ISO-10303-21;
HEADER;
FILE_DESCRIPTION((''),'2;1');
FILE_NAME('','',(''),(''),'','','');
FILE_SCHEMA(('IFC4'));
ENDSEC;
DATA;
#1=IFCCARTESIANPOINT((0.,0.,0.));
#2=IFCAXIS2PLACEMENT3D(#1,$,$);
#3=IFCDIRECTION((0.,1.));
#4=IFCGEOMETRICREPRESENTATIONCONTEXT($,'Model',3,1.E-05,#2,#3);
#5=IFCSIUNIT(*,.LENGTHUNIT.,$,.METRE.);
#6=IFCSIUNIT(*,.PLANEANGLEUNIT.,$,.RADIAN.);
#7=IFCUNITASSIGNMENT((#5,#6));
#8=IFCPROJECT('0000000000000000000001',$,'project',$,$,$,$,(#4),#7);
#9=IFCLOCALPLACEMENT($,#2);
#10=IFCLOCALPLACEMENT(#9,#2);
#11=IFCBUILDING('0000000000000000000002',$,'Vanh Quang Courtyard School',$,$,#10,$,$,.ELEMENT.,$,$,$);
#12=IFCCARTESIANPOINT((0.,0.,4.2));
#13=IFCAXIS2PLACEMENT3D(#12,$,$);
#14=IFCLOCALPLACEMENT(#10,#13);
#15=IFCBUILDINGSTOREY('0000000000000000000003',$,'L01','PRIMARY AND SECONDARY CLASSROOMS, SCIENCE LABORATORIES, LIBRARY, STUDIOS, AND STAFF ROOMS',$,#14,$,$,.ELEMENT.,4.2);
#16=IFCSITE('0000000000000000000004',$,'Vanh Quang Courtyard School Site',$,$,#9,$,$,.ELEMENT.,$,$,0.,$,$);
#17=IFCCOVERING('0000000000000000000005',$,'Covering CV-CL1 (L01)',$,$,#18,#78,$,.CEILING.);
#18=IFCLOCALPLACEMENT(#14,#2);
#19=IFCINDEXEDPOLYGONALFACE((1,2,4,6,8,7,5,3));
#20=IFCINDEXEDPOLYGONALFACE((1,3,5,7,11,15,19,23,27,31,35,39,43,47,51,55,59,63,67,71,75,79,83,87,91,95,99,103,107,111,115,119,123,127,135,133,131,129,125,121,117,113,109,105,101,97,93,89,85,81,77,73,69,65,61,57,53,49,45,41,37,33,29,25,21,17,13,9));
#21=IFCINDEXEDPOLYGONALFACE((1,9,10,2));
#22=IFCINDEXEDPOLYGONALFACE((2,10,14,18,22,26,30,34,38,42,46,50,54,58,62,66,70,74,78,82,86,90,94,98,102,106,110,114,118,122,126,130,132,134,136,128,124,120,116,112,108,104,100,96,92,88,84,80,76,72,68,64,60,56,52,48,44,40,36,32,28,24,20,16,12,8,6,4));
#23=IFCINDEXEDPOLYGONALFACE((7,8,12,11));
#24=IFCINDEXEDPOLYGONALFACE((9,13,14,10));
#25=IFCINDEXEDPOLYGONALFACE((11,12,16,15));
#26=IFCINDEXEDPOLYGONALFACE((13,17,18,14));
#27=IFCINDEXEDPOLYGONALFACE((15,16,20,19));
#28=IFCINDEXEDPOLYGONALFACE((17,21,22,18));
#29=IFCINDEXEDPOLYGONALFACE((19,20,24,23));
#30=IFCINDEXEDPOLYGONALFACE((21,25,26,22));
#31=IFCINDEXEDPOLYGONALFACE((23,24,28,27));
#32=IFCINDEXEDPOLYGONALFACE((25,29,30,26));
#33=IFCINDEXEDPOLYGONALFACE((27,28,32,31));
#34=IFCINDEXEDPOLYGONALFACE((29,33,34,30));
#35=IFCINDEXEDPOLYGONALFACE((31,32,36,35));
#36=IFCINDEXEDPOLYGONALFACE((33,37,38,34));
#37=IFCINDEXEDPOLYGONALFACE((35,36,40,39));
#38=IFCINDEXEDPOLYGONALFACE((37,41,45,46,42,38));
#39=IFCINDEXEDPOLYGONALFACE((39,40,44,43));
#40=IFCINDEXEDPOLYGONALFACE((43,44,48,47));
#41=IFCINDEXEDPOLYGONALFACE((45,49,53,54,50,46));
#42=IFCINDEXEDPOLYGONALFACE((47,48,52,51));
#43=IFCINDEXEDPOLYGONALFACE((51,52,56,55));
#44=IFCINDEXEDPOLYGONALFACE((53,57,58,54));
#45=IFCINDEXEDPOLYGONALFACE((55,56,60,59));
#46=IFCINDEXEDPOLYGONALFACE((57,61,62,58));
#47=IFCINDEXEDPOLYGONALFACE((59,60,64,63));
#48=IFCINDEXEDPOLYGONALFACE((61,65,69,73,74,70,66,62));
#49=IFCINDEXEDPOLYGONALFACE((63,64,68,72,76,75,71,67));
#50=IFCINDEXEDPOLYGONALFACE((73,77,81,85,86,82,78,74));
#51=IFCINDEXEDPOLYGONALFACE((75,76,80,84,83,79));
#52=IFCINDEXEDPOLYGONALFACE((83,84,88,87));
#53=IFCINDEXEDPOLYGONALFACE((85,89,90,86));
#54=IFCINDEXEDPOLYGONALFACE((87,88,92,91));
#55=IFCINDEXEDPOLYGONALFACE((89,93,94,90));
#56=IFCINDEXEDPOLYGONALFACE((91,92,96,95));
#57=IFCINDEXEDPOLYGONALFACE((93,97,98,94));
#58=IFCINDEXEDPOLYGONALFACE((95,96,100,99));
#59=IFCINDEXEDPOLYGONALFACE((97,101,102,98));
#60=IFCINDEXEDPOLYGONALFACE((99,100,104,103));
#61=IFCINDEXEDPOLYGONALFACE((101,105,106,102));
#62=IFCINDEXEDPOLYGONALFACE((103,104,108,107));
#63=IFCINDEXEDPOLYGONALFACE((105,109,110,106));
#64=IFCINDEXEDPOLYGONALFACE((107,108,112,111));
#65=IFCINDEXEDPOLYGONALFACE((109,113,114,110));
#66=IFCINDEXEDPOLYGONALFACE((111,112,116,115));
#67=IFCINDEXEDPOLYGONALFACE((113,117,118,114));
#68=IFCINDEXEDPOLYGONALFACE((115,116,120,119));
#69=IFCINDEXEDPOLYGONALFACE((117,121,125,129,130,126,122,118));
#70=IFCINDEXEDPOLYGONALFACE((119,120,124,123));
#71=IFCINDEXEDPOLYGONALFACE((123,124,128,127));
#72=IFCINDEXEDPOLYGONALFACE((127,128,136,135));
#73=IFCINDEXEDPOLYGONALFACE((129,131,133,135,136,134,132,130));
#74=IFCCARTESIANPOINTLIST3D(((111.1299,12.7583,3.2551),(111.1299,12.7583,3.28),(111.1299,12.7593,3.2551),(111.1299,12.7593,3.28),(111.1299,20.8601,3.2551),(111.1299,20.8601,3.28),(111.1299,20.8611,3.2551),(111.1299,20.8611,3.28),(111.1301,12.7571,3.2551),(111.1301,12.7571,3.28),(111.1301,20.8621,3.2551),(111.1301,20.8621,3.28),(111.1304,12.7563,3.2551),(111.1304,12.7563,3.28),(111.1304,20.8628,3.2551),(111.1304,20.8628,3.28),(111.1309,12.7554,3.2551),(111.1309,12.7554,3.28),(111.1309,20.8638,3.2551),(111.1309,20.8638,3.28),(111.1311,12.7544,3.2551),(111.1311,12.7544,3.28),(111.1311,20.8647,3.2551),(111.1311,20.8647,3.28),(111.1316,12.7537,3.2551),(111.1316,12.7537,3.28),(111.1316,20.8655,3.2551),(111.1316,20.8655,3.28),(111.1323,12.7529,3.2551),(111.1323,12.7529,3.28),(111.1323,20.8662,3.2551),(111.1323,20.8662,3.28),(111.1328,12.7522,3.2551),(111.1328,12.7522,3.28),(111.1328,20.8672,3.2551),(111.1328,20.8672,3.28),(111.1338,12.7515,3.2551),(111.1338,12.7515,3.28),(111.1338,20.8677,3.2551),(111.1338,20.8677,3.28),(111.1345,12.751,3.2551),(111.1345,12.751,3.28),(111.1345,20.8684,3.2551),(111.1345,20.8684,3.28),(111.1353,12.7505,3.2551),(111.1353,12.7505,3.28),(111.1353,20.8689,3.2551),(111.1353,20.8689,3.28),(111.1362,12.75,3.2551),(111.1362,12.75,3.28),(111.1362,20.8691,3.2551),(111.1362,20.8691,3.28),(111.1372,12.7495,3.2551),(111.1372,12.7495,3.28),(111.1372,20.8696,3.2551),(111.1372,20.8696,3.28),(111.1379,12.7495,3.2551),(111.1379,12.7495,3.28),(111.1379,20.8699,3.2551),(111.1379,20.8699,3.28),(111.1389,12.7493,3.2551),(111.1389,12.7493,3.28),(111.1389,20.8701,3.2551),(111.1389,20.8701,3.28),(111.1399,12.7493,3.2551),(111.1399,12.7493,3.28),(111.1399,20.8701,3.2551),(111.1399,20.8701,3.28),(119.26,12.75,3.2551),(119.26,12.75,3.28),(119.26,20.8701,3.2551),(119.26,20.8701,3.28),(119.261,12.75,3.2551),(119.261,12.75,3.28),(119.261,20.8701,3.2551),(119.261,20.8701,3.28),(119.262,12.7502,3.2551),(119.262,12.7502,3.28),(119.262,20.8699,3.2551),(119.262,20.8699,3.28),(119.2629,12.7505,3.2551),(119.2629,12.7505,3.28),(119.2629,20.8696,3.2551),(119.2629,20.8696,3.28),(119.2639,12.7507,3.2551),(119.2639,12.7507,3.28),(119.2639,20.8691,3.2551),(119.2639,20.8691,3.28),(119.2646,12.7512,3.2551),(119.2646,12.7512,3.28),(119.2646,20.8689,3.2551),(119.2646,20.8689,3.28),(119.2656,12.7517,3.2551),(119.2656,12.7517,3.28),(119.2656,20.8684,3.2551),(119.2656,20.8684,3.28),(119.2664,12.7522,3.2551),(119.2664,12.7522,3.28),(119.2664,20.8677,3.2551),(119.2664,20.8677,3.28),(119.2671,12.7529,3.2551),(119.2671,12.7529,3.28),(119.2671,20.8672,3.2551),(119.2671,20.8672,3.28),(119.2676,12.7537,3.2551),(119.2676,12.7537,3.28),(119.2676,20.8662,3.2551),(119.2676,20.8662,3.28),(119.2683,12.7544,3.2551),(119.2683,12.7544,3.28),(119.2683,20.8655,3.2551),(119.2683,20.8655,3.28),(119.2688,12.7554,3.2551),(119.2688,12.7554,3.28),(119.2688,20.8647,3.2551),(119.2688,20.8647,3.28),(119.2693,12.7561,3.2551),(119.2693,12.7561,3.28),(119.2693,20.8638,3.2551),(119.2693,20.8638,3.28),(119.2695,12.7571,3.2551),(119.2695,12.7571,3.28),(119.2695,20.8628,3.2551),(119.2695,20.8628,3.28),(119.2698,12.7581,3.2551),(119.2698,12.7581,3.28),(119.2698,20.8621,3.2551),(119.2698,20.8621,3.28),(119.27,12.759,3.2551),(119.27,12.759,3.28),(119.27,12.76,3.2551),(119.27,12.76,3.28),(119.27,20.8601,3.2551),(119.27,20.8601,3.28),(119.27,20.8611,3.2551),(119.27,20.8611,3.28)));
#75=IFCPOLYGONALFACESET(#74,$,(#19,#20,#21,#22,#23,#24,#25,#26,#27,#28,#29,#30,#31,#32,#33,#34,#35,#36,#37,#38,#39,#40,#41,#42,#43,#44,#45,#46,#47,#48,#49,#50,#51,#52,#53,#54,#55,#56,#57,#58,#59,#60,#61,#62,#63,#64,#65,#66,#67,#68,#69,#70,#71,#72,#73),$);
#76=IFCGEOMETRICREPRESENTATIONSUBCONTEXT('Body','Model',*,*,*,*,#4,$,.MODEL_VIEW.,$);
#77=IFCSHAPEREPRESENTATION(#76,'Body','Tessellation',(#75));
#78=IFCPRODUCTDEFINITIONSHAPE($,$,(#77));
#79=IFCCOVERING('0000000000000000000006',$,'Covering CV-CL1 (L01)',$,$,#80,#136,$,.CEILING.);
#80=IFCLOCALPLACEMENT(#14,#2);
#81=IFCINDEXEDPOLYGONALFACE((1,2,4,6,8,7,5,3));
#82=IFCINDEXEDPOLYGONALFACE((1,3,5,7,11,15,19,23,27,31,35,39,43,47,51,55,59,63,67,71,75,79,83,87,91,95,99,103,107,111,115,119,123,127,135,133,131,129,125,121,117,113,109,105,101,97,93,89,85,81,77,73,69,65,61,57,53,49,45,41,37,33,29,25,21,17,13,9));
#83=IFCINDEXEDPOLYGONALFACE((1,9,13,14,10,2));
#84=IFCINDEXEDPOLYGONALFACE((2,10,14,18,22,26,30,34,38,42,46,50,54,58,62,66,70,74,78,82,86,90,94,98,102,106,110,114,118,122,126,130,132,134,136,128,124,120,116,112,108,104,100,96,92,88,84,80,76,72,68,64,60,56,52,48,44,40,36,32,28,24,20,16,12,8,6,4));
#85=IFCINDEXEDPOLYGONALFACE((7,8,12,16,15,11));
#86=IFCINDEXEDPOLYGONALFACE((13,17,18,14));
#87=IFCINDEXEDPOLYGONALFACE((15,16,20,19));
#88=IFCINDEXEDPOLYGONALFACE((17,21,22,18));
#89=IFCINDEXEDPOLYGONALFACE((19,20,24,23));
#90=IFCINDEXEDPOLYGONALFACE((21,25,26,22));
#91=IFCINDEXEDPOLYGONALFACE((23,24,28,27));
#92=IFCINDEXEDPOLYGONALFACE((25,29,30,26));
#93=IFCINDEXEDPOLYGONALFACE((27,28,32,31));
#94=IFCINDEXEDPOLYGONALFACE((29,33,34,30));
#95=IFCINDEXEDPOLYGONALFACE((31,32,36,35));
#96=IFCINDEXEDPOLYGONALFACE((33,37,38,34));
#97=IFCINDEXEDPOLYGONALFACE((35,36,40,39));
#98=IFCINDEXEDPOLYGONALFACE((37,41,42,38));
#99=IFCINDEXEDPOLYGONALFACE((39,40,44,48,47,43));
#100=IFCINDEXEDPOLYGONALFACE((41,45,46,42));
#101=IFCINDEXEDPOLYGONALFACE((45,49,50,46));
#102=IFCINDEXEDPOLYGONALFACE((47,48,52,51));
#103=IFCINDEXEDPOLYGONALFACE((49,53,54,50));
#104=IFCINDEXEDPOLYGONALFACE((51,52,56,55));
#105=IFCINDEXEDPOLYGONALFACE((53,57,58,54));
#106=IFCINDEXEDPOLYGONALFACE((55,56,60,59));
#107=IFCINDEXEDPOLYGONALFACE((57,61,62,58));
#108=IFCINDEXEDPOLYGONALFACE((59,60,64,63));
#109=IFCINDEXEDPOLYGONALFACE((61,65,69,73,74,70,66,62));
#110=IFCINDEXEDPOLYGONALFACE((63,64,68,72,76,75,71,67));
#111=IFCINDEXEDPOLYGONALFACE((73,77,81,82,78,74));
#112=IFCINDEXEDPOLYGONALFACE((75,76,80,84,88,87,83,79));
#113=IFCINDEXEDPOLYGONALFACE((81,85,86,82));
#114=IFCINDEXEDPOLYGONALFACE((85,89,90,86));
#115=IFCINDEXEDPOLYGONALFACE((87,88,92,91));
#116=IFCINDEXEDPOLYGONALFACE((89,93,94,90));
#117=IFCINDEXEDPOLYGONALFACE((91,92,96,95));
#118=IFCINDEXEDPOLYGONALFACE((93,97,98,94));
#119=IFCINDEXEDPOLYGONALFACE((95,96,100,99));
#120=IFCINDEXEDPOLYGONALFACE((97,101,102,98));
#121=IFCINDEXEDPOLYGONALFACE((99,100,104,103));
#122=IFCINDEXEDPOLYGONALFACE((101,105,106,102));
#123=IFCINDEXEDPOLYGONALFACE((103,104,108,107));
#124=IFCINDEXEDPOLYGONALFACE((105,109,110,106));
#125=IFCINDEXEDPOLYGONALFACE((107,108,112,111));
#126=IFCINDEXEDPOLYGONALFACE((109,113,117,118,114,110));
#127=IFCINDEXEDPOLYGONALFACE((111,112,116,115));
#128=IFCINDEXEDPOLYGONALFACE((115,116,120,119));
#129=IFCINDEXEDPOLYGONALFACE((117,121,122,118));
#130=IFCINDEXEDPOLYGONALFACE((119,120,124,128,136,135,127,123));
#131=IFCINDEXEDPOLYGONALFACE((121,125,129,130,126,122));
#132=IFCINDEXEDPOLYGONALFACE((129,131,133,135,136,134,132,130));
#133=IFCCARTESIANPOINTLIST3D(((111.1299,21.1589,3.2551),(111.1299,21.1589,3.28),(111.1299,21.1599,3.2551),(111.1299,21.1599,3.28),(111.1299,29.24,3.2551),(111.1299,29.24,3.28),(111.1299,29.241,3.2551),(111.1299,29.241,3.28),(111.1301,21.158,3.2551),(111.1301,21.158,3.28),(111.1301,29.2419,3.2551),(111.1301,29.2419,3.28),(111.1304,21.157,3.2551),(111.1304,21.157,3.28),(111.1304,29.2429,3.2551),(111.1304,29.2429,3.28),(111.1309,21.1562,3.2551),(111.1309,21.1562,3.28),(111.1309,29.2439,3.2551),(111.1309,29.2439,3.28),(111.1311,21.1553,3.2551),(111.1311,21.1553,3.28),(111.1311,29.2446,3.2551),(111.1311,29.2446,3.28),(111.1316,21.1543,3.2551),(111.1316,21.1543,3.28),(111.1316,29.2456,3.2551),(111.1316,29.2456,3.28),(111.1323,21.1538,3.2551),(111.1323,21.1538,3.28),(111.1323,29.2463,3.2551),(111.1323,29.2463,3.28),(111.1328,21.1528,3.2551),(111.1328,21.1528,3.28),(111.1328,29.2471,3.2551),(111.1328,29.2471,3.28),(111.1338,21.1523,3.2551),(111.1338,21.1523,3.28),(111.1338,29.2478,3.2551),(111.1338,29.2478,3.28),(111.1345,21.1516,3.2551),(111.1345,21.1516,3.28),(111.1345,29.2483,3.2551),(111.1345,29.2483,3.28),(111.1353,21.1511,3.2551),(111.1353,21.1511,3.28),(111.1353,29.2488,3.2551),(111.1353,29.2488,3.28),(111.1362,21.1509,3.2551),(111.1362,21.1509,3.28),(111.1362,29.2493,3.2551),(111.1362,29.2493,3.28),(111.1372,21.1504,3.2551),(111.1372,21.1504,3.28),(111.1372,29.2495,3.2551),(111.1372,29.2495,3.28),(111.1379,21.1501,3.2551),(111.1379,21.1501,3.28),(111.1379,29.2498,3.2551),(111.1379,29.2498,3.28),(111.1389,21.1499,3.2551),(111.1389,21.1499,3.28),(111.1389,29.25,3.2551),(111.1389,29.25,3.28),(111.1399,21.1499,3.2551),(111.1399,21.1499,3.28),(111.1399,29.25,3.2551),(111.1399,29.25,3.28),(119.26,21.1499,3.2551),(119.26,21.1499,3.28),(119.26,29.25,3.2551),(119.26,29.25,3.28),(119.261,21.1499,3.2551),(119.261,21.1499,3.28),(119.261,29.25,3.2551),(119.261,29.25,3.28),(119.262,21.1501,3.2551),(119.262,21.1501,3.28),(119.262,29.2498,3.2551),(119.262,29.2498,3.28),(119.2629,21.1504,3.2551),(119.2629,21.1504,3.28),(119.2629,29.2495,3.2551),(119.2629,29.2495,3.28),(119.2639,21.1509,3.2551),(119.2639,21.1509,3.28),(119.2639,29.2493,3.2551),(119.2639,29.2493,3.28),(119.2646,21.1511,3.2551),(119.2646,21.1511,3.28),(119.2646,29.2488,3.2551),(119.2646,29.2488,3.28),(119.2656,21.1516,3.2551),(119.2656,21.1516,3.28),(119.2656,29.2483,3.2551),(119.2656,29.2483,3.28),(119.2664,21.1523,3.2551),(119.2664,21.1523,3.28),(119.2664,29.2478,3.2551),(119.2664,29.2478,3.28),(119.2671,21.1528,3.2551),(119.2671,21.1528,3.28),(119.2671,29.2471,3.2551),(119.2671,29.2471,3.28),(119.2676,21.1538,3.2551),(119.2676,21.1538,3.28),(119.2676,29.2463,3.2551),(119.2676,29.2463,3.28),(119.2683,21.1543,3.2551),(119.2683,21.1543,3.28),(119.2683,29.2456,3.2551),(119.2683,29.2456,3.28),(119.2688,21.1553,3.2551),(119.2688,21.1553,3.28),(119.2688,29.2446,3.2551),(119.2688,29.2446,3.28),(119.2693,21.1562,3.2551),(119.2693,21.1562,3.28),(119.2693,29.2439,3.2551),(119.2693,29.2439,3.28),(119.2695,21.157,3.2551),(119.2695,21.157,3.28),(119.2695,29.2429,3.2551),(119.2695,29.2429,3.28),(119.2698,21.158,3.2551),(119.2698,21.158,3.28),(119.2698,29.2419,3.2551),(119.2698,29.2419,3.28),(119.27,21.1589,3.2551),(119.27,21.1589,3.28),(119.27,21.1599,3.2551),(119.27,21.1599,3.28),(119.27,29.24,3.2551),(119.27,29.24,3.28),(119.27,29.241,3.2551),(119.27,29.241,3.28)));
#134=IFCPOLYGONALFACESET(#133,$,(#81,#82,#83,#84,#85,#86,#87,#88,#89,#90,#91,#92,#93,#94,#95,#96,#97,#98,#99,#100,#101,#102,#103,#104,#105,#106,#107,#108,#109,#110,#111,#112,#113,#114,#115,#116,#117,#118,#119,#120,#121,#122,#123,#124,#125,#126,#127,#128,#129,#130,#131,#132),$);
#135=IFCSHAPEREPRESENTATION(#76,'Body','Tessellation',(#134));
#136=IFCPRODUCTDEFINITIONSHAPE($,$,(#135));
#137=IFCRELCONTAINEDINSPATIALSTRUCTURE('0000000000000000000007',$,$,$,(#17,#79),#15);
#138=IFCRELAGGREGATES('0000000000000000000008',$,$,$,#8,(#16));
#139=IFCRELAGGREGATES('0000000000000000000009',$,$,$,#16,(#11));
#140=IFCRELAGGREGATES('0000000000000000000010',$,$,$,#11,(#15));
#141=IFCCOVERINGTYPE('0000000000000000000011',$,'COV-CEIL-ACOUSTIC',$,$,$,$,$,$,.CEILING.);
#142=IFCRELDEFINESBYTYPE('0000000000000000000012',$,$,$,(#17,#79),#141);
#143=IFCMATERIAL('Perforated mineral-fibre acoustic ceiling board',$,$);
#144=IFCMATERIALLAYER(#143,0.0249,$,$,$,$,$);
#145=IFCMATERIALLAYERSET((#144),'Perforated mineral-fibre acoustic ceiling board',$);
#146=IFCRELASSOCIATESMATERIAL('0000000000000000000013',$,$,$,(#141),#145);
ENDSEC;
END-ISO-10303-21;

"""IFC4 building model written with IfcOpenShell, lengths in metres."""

from ifc_helpers import new_model, si_unit, direction, frame, origin, place, context, subcontext, project, spatial, polyline, outline, extrude, material, layer, layer_set, type_object, element, save


model = new_model("IFC4")

# Units and contexts
model_context = context("Model", 3, precision=1e-05, world=origin(), true_north=direction((0.0, 1.0)))
body_context = subcontext(model_context, "Body", "Model", "MODEL_VIEW")
ifc_project = project(units=[si_unit("LENGTHUNIT", "METRE"), si_unit("PLANEANGLEUNIT", "RADIAN")], contexts=[model_context])

# Site, building, storey
site_placement = place(None, origin())
site = spatial("IfcSite", under=ifc_project, at=site_placement, Name="Vanh Quang Courtyard School Site", CompositionType="ELEMENT", RefElevation=0.0)
building_placement = place(site_placement, origin())
building = spatial("IfcBuilding", under=site, at=building_placement, Name="Vanh Quang Courtyard School", CompositionType="ELEMENT")
storey_placement = place(building_placement, frame((0.0, 0.0, 4.2)))
storey = spatial("IfcBuildingStorey", under=building, at=storey_placement, Name="L01", Description="PRIMARY AND SECONDARY CLASSROOMS, SCIENCE LABORATORIES, LIBRARY, STUDIOS, AND STAFF ROOMS", CompositionType="ELEMENT", Elevation=4.2)

# Coverings
ifc_material_1 = material(Name="Perforated mineral-fibre acoustic ceiling board")
ifc_layer_1 = layer(ifc_material_1, 0.0249)
ifc_layer_set_1 = layer_set([ifc_layer_1], Name="Perforated mineral-fibre acoustic ceiling board")
covering_type_1 = type_object("IfcCoveringType", Name="COV-CEIL-ACOUSTIC", PredefinedType="CEILING", material=ifc_layer_set_1)
covering_1_placement = place(storey_placement, frame((0.0, 0.0, 3.2551)))
element("IfcCovering", 1, at=covering_1_placement, inside=storey, type_object=covering_type_1, Name="Covering CV-CL1 (L01)", PredefinedType="CEILING", context=body_context, shape_type="SweptSolid", body=[
    extrude(outline(polyline([(111.1399, 12.7493), (111.1389, 12.7493), (111.1379, 12.7495), (111.1372, 12.7495), (111.1362, 12.75), (111.1353, 12.7505), (111.1345, 12.751), (111.1338, 12.7515), (111.1328, 12.7522), (111.1323, 12.7529), (111.1316, 12.7537), (111.1311, 12.7544), (111.1309, 12.7554), (111.1304, 12.7563), (111.1301, 12.7571), (111.1299, 12.7583), (111.1299, 12.7593), (111.1299, 20.8601), (111.1299, 20.8611), (111.1301, 20.8621), (111.1304, 20.8628), (111.1309, 20.8638), (111.1311, 20.8647), (111.1316, 20.8655), (111.1323, 20.8662), (111.1328, 20.8672), (111.1338, 20.8677), (111.1345, 20.8684), (111.1353, 20.8689), (111.1362, 20.8691), (111.1372, 20.8696), (111.1379, 20.8699), (111.1389, 20.8701), (111.1399, 20.8701), (119.26, 20.8701), (119.261, 20.8701), (119.262, 20.8699), (119.2629, 20.8696), (119.2639, 20.8691), (119.2646, 20.8689), (119.2656, 20.8684), (119.2664, 20.8677), (119.2671, 20.8672), (119.2676, 20.8662), (119.2683, 20.8655), (119.2688, 20.8647), (119.2693, 20.8638), (119.2695, 20.8628), (119.2698, 20.8621), (119.27, 20.8611), (119.27, 20.8601), (119.27, 12.76), (119.27, 12.759), (119.2698, 12.7581), (119.2695, 12.7571), (119.2693, 12.7561), (119.2688, 12.7554), (119.2683, 12.7544), (119.2676, 12.7537), (119.2671, 12.7529), (119.2664, 12.7522), (119.2656, 12.7517), (119.2646, 12.7512), (119.2639, 12.7507), (119.2629, 12.7505), (119.262, 12.7502), (119.261, 12.75), (119.26, 12.75), (111.1399, 12.7493)])), origin(), (0.0, 0.0, 1.0), 0.0249),
])
covering_2_placement = place(storey_placement, frame((0.0, 0.0, 3.2551)))
element("IfcCovering", 2, at=covering_2_placement, inside=storey, type_object=covering_type_1, Name="Covering CV-CL1 (L01)", PredefinedType="CEILING", context=body_context, shape_type="SweptSolid", body=[
    extrude(outline(polyline([(111.1399, 21.1499), (111.1389, 21.1499), (111.1379, 21.1501), (111.1372, 21.1504), (111.1362, 21.1509), (111.1353, 21.1511), (111.1345, 21.1516), (111.1338, 21.1523), (111.1328, 21.1528), (111.1323, 21.1538), (111.1316, 21.1543), (111.1311, 21.1553), (111.1309, 21.1562), (111.1304, 21.157), (111.1301, 21.158), (111.1299, 21.1589), (111.1299, 21.1599), (111.1299, 29.24), (111.1299, 29.241), (111.1301, 29.2419), (111.1304, 29.2429), (111.1309, 29.2439), (111.1311, 29.2446), (111.1316, 29.2456), (111.1323, 29.2463), (111.1328, 29.2471), (111.1338, 29.2478), (111.1345, 29.2483), (111.1353, 29.2488), (111.1362, 29.2493), (111.1372, 29.2495), (111.1379, 29.2498), (111.1389, 29.25), (111.1399, 29.25), (119.26, 29.25), (119.261, 29.25), (119.262, 29.2498), (119.2629, 29.2495), (119.2639, 29.2493), (119.2646, 29.2488), (119.2656, 29.2483), (119.2664, 29.2478), (119.2671, 29.2471), (119.2676, 29.2463), (119.2683, 29.2456), (119.2688, 29.2446), (119.2693, 29.2439), (119.2695, 29.2429), (119.2698, 29.2419), (119.27, 29.241), (119.27, 29.24), (119.27, 21.1599), (119.27, 21.1589), (119.2698, 21.158), (119.2695, 21.157), (119.2693, 21.1562), (119.2688, 21.1553), (119.2683, 21.1543), (119.2676, 21.1538), (119.2671, 21.1528), (119.2664, 21.1523), (119.2656, 21.1516), (119.2646, 21.1511), (119.2639, 21.1509), (119.2629, 21.1504), (119.262, 21.1501), (119.261, 21.1499), (119.26, 21.1499), (111.1399, 21.1499)])), origin(), (0.0, 0.0, 1.0), 0.0249),
])

save(model, "model.ifc")
